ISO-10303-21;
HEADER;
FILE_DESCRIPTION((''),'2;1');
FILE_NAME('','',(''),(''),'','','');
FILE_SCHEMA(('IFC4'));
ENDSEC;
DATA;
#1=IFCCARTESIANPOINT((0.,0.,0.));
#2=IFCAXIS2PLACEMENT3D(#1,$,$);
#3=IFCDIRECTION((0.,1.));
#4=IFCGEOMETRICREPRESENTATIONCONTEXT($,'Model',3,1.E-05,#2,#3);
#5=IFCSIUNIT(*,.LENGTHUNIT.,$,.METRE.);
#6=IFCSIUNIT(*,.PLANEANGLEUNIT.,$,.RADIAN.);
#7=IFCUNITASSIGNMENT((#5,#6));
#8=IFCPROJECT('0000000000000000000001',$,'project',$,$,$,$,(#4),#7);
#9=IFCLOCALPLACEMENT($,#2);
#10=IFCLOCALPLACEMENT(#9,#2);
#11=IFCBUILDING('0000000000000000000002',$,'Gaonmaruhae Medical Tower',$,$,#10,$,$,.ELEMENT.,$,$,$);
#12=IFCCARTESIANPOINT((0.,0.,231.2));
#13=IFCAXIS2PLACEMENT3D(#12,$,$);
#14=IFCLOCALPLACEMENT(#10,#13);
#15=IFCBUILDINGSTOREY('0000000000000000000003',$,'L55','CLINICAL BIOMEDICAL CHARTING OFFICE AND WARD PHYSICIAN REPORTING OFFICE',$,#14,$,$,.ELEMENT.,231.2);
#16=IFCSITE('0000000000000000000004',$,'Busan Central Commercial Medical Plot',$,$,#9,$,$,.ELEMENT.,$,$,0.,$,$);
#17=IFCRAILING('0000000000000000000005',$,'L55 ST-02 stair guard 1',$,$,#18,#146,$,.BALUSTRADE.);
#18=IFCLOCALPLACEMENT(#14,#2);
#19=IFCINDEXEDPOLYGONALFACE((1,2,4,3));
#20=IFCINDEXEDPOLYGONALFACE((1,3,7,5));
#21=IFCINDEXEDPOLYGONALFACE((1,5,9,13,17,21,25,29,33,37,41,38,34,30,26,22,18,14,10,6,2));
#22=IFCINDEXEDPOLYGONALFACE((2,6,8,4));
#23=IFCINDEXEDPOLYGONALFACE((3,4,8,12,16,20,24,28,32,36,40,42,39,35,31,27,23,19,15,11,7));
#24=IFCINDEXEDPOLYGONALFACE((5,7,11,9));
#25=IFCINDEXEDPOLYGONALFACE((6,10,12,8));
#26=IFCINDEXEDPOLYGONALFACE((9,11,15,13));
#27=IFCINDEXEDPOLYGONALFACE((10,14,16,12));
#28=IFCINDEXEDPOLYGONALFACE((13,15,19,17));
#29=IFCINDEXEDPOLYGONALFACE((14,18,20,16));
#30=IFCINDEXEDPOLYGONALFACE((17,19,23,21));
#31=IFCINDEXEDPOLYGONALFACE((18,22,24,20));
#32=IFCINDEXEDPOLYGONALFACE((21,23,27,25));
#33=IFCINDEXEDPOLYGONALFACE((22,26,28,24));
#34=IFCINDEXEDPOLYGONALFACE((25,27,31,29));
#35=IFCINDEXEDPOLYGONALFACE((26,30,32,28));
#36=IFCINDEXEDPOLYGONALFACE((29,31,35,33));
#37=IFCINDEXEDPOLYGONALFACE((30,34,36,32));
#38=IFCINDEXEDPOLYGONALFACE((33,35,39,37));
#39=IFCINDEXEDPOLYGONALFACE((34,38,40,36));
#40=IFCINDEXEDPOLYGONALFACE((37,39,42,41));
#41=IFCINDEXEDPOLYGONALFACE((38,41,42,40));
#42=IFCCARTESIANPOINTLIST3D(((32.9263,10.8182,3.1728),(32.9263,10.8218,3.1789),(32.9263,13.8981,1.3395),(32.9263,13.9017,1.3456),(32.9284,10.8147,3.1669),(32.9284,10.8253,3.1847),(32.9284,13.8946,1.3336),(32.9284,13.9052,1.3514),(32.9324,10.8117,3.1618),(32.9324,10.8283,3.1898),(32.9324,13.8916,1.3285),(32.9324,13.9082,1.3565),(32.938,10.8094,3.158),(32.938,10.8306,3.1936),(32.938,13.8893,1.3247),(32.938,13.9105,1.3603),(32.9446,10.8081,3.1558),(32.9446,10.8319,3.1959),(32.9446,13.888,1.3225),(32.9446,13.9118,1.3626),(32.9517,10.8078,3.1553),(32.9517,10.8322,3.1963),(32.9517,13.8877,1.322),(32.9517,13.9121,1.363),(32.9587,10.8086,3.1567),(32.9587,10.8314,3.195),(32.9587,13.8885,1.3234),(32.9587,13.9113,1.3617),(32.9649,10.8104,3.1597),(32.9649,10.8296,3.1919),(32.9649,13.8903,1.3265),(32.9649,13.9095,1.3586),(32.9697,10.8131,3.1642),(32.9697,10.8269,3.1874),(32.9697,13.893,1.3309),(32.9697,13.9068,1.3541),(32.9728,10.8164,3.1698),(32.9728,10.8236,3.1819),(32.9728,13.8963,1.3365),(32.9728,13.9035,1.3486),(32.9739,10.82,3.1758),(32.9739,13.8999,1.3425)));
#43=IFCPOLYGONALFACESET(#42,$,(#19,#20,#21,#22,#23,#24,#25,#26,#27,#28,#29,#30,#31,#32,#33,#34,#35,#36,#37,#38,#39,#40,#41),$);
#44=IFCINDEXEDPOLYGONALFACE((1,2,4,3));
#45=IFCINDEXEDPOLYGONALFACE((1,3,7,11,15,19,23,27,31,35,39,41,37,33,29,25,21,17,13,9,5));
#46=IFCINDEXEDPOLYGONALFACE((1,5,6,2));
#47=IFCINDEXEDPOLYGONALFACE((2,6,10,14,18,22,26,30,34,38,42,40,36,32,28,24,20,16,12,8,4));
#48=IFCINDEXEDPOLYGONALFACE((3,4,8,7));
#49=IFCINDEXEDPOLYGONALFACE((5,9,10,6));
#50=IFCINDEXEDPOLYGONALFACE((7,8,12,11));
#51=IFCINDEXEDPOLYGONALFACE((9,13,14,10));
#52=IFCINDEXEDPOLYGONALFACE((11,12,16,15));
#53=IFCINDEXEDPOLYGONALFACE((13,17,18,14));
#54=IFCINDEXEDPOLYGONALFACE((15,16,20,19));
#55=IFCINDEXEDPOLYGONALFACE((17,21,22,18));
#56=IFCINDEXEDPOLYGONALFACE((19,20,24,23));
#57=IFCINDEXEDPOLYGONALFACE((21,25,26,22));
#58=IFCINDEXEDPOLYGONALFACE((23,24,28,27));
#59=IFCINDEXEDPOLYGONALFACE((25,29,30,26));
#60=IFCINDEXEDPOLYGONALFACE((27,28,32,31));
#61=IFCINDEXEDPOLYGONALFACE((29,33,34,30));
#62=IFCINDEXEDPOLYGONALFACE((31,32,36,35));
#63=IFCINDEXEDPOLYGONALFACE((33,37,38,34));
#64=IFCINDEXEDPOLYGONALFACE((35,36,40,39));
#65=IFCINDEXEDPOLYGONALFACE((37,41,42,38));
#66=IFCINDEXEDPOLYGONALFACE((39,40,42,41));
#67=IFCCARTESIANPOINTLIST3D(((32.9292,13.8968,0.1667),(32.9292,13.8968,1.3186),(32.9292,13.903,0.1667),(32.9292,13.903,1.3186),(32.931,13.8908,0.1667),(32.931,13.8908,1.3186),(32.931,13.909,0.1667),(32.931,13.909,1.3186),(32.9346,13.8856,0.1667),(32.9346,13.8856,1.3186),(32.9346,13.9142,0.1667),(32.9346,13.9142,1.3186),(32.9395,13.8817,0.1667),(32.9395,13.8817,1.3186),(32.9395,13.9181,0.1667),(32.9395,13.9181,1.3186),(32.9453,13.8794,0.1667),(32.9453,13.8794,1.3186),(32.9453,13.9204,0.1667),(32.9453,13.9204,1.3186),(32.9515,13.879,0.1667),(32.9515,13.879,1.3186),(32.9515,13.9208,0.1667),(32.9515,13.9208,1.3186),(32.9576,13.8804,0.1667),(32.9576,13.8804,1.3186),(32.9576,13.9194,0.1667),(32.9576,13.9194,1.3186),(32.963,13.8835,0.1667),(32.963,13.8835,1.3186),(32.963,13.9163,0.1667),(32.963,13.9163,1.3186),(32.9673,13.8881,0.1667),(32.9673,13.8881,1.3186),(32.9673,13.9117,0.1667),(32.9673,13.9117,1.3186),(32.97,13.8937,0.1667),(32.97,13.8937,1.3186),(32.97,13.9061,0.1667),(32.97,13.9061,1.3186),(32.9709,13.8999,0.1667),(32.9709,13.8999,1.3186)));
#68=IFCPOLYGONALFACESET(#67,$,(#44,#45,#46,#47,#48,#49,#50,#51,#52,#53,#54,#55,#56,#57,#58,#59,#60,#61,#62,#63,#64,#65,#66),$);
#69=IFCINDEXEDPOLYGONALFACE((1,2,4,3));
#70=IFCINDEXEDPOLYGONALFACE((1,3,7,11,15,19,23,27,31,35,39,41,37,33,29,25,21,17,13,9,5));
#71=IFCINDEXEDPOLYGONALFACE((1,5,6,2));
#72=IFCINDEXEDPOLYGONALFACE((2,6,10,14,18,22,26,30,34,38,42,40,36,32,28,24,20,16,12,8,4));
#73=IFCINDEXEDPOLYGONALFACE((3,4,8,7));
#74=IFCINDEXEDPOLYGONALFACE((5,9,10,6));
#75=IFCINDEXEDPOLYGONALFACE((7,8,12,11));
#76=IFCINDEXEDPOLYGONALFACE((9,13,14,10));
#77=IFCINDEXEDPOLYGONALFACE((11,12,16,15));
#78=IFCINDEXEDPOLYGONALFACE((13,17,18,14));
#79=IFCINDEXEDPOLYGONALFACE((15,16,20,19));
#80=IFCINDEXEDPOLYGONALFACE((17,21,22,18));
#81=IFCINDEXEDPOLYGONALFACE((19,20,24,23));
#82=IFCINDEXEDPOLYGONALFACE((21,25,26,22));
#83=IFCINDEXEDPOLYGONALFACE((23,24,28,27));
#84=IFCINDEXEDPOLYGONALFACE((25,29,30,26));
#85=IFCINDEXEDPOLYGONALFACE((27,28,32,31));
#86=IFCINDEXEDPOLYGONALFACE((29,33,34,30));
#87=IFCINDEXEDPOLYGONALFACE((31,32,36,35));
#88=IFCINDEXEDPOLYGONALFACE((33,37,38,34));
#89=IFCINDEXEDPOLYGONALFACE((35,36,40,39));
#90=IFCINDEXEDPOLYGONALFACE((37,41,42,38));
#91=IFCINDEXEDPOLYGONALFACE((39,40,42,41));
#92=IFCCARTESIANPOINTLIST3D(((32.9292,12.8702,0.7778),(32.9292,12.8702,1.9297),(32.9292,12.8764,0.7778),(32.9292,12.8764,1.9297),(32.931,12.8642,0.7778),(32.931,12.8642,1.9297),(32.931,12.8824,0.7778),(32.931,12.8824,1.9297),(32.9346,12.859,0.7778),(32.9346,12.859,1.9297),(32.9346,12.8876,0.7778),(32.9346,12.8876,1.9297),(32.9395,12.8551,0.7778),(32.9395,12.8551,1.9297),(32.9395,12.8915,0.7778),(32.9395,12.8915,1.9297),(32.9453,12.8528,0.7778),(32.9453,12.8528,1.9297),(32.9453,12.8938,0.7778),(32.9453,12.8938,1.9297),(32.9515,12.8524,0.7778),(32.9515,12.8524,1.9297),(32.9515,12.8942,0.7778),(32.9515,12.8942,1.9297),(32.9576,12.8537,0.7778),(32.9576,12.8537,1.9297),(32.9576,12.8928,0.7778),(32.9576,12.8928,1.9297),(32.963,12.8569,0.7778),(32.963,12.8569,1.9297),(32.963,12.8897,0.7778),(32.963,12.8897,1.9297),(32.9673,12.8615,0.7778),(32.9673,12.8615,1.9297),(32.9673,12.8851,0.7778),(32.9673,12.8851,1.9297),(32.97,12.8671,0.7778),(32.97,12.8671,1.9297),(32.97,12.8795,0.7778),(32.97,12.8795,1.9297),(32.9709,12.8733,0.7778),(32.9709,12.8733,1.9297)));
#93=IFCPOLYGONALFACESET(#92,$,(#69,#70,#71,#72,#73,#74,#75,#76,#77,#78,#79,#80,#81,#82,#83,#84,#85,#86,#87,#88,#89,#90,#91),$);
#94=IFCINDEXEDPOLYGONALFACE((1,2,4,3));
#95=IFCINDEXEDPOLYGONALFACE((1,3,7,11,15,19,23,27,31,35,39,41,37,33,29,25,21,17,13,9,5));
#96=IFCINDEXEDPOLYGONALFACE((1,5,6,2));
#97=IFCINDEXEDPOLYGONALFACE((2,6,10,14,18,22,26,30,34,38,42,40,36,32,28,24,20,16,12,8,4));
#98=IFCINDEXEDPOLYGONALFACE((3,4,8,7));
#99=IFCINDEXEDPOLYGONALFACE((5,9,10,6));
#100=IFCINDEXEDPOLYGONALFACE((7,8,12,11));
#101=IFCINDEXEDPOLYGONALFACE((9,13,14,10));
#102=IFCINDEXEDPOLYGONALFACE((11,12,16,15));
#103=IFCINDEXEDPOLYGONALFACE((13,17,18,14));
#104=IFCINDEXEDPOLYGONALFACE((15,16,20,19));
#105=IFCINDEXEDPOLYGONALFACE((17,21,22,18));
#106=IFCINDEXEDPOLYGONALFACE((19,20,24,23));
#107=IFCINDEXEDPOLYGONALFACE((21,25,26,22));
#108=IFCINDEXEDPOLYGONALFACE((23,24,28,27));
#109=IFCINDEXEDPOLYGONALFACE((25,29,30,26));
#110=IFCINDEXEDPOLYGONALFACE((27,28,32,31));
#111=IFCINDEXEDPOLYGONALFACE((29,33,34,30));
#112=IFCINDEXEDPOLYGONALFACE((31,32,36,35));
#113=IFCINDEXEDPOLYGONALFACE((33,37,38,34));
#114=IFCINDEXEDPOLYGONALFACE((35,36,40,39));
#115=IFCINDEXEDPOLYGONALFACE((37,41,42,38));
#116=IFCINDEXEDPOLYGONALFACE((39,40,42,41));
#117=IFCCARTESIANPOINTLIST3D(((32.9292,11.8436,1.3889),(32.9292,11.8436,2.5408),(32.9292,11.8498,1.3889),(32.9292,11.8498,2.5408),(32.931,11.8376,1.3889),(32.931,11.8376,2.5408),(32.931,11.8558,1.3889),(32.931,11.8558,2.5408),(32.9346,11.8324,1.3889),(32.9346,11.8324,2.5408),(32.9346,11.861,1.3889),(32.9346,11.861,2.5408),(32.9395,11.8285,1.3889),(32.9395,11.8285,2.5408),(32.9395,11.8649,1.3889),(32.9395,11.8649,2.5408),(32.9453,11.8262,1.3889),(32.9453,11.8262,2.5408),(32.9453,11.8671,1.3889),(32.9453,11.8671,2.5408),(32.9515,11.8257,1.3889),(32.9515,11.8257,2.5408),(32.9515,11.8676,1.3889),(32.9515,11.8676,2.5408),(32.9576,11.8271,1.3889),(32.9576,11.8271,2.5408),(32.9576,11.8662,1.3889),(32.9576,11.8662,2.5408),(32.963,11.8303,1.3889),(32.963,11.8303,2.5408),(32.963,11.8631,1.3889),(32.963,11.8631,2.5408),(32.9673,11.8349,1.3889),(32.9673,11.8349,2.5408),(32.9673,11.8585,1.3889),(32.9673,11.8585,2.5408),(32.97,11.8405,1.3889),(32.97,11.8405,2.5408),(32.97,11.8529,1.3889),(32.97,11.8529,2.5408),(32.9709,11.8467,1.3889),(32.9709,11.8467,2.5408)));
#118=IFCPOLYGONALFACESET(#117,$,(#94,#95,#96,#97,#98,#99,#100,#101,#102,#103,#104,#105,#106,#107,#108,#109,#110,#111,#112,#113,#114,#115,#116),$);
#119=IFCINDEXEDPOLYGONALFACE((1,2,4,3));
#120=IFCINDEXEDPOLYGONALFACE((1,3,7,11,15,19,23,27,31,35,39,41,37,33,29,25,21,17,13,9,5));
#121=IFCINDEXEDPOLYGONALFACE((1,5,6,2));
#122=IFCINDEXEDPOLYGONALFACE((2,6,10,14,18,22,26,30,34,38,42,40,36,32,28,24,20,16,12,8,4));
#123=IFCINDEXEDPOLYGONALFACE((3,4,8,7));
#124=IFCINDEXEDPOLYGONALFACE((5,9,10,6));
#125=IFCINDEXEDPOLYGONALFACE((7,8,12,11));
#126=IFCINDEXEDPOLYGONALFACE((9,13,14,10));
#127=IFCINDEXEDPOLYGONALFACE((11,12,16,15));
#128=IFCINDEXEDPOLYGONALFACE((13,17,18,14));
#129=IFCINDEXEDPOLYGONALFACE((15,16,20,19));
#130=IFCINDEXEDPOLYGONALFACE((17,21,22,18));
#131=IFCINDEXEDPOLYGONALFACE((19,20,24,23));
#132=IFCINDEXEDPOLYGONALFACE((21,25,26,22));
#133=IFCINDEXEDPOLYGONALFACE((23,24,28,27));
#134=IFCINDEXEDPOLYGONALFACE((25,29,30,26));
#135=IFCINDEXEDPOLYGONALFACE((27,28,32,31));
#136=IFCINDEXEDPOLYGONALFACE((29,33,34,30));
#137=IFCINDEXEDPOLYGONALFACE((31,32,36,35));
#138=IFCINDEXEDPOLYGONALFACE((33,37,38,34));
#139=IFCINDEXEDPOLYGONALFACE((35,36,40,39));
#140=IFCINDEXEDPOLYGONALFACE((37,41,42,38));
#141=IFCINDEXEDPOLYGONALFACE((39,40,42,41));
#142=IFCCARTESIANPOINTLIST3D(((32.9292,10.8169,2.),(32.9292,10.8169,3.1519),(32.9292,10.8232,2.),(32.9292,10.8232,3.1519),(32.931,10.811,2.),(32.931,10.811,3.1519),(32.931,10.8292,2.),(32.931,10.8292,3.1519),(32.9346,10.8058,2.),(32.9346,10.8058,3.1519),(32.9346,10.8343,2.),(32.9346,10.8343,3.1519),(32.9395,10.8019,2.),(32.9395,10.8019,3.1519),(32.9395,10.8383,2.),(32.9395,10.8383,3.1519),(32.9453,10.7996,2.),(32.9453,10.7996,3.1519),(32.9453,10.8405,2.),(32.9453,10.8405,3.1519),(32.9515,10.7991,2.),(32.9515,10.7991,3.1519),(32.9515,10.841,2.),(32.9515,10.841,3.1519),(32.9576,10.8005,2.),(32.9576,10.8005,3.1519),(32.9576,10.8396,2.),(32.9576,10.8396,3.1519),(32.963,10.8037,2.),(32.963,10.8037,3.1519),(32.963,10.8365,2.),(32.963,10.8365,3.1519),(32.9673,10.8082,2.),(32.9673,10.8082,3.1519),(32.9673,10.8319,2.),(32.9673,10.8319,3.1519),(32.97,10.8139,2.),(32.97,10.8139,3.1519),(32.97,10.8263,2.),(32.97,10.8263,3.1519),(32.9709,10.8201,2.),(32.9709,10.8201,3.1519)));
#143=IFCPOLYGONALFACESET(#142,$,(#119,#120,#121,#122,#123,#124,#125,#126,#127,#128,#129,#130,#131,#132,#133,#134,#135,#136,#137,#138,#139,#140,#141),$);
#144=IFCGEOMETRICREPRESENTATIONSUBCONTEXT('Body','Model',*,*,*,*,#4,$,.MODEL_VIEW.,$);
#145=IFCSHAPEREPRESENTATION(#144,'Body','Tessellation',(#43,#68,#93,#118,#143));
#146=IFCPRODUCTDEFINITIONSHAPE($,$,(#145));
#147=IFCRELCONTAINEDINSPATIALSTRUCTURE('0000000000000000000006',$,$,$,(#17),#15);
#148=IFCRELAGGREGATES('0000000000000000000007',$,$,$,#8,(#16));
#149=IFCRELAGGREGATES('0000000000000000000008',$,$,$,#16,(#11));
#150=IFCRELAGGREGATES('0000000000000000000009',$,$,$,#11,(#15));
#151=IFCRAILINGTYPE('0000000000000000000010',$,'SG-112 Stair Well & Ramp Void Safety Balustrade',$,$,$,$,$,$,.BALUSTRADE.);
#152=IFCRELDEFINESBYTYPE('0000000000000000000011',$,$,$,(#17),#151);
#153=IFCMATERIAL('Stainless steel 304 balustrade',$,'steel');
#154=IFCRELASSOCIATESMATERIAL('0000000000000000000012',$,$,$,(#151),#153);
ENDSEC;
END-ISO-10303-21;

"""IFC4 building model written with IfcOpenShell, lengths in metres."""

from ifc_helpers import new_model, si_unit, direction, frame, origin, origin_2d, place, context, subcontext, project, spatial, circle, extrude, material, type_object, element, save


model = new_model("IFC4")

# Units and contexts
model_context = context("Model", 3, precision=1e-05, world=origin(), true_north=direction((0.0, 1.0)))
body_context = subcontext(model_context, "Body", "Model", "MODEL_VIEW")
ifc_project = project(units=[si_unit("LENGTHUNIT", "METRE"), si_unit("PLANEANGLEUNIT", "RADIAN")], contexts=[model_context])

# Site, building, storey
site_placement = place(None, origin())
site = spatial("IfcSite", under=ifc_project, at=site_placement, Name="Busan Central Commercial Medical Plot", CompositionType="ELEMENT", RefElevation=0.0)
building_placement = place(site_placement, origin())
building = spatial("IfcBuilding", under=site, at=building_placement, Name="Gaonmaruhae Medical Tower", CompositionType="ELEMENT")
storey_placement = place(building_placement, frame((0.0, 0.0, 231.2)))
storey = spatial("IfcBuildingStorey", under=building, at=storey_placement, Name="L55", Description="CLINICAL BIOMEDICAL CHARTING OFFICE AND WARD PHYSICIAN REPORTING OFFICE", CompositionType="ELEMENT", Elevation=231.2)

# Railing
ifc_material_1 = material(Name="Stainless steel 304 balustrade", Category="steel")
railing_type_1 = type_object("IfcRailingType", Name="SG-112 Stair Well & Ramp Void Safety Balustrade", PredefinedType="BALUSTRADE", material=ifc_material_1)
railing_1_placement = place(storey_placement, frame((32.95, 13.8999, 0.1667)))
element("IfcRailing", 1, at=railing_1_placement, inside=storey, type_object=railing_type_1, Name="L55 ST-02 stair guard 1", PredefinedType="BALUSTRADE", context=body_context, shape_type="SweptSolid", body=[
    extrude(circle(Radius=0.0239, at=origin_2d()), frame((0.0, 0.0, 1.1758), z_axis=(0.0, -0.859291, 0.511487), x_axis=(1.0, 0.0, 0.0)), (0.0, 0.0, 1.0), 3.5842),
    extrude(circle(Radius=0.021, at=origin_2d()), origin(), (0.0, 0.0, 1.0), 1.1519),
    extrude(circle(Radius=0.021, at=origin_2d()), frame((0.0, -1.0266, 0.6111)), (0.0, 0.0, 1.0), 1.1519),
    extrude(circle(Radius=0.021, at=origin_2d()), frame((0.0, -2.0532, 1.2222)), (0.0, 0.0, 1.0), 1.1519),
    extrude(circle(Radius=0.021, at=origin_2d()), frame((0.0, -3.0798, 1.8333)), (0.0, 0.0, 1.0), 1.1519),
])

save(model, "model.ifc")
